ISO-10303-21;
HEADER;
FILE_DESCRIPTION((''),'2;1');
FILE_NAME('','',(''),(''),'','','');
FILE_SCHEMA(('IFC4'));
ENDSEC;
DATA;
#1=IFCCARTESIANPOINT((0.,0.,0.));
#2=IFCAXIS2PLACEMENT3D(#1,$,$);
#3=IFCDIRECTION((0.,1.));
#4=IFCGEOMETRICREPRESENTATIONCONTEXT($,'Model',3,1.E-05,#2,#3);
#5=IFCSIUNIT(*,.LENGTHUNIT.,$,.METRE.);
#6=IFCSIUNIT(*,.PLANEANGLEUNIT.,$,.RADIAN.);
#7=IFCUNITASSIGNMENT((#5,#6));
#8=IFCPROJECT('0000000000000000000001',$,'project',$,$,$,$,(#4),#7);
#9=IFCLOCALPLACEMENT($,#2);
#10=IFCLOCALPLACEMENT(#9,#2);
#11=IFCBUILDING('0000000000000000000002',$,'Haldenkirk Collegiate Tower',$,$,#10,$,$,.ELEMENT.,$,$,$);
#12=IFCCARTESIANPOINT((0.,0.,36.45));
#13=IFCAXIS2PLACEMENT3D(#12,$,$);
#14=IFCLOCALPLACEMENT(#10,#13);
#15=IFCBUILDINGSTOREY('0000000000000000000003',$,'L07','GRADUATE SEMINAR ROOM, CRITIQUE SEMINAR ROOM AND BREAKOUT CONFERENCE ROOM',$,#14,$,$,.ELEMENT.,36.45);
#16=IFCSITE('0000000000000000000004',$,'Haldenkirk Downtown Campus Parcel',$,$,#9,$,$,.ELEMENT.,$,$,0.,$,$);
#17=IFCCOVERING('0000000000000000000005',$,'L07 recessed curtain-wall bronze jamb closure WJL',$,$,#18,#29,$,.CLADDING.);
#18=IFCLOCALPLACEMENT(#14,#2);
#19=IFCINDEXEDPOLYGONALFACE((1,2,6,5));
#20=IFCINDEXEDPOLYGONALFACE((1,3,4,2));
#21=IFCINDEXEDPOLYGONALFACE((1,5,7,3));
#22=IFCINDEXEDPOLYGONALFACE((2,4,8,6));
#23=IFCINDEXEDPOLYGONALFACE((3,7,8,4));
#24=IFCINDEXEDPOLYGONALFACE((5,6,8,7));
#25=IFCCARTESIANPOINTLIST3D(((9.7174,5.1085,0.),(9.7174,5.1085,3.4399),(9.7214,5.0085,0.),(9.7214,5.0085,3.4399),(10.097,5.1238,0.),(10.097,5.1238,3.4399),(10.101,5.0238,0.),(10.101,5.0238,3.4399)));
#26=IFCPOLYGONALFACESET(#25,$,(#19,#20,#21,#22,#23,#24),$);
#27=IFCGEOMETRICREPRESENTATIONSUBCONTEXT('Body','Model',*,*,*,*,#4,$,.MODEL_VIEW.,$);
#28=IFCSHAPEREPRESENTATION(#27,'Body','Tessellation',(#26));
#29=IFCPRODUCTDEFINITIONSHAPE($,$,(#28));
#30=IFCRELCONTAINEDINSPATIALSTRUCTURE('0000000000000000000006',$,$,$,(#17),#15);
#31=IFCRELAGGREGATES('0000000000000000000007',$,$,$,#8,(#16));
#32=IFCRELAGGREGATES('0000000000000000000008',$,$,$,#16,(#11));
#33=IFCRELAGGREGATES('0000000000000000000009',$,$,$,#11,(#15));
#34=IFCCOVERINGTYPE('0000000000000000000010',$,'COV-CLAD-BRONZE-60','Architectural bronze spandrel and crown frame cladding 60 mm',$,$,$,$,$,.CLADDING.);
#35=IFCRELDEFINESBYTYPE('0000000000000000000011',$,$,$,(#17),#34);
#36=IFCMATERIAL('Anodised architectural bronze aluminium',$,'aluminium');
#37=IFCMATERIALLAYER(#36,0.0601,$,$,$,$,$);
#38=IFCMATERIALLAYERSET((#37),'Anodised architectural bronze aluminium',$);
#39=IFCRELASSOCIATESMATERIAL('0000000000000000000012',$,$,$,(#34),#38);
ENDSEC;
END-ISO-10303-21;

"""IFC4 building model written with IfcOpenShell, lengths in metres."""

from ifc_helpers import new_model, si_unit, direction, frame, origin, origin_2d, place, context, subcontext, project, spatial, rectangle, extrude, source, transform, mapped, material, layer, layer_set, type_object, element, save


model = new_model("IFC4")

# Units and contexts
model_context = context("Model", 3, precision=1e-05, world=origin(), true_north=direction((0.0, 1.0)))
body_context = subcontext(model_context, "Body", "Model", "MODEL_VIEW")
ifc_project = project(units=[si_unit("LENGTHUNIT", "METRE"), si_unit("PLANEANGLEUNIT", "RADIAN")], contexts=[model_context])

# Site, building, storey
site_placement = place(None, origin())
site = spatial("IfcSite", under=ifc_project, at=site_placement, Name="Haldenkirk Downtown Campus Parcel", CompositionType="ELEMENT", RefElevation=0.0)
building_placement = place(site_placement, origin())
building = spatial("IfcBuilding", under=site, at=building_placement, Name="Haldenkirk Collegiate Tower", CompositionType="ELEMENT")
storey_placement = place(building_placement, frame((0.0, 0.0, 36.45)))
storey = spatial("IfcBuildingStorey", under=building, at=storey_placement, Name="L07", Description="GRADUATE SEMINAR ROOM, CRITIQUE SEMINAR ROOM AND BREAKOUT CONFERENCE ROOM", CompositionType="ELEMENT", Elevation=36.45)

# Shared definitions
ifc_material_1 = material(Name="Anodised architectural bronze aluminium", Category="aluminium")

# Covering
ifc_layer_1 = layer(ifc_material_1, 0.0601)
ifc_layer_set_1 = layer_set([ifc_layer_1], Name="Anodised architectural bronze aluminium")
covering_type_1 = type_object("IfcCoveringType", Name="COV-CLAD-BRONZE-60", Description="Architectural bronze spandrel and crown frame cladding 60 mm", PredefinedType="CLADDING", material=ifc_layer_set_1)
shared_shape_1 = source(origin(), body_context, "Body", "SweptSolid", [
    extrude(rectangle(XDim=0.1001, YDim=0.3799, at=origin_2d()), origin(), (0.0, 0.0, 1.0), 3.4399),
])
covering_1_placement = place(storey_placement, frame((9.9092, 5.0662, 0.0), z_axis=(0.0, 0.0, 1.0), x_axis=(-0.040132, 0.999194, 0.0)))
element("IfcCovering", 1, at=covering_1_placement, inside=storey, type_object=covering_type_1, Name="L07 recessed curtain-wall bronze jamb closure WJL", PredefinedType="CLADDING", context=body_context, shape_type="MappedRepresentation", body=[
    mapped(shared_shape_1, transform((0.0, 0.0, 0.0), x_axis=(1.0, 0.0, 0.0), y_axis=(0.0, 1.0, 0.0), z_axis=(0.0, 0.0, 1.0), scale=1.0)),
])

save(model, "model.ifc")
